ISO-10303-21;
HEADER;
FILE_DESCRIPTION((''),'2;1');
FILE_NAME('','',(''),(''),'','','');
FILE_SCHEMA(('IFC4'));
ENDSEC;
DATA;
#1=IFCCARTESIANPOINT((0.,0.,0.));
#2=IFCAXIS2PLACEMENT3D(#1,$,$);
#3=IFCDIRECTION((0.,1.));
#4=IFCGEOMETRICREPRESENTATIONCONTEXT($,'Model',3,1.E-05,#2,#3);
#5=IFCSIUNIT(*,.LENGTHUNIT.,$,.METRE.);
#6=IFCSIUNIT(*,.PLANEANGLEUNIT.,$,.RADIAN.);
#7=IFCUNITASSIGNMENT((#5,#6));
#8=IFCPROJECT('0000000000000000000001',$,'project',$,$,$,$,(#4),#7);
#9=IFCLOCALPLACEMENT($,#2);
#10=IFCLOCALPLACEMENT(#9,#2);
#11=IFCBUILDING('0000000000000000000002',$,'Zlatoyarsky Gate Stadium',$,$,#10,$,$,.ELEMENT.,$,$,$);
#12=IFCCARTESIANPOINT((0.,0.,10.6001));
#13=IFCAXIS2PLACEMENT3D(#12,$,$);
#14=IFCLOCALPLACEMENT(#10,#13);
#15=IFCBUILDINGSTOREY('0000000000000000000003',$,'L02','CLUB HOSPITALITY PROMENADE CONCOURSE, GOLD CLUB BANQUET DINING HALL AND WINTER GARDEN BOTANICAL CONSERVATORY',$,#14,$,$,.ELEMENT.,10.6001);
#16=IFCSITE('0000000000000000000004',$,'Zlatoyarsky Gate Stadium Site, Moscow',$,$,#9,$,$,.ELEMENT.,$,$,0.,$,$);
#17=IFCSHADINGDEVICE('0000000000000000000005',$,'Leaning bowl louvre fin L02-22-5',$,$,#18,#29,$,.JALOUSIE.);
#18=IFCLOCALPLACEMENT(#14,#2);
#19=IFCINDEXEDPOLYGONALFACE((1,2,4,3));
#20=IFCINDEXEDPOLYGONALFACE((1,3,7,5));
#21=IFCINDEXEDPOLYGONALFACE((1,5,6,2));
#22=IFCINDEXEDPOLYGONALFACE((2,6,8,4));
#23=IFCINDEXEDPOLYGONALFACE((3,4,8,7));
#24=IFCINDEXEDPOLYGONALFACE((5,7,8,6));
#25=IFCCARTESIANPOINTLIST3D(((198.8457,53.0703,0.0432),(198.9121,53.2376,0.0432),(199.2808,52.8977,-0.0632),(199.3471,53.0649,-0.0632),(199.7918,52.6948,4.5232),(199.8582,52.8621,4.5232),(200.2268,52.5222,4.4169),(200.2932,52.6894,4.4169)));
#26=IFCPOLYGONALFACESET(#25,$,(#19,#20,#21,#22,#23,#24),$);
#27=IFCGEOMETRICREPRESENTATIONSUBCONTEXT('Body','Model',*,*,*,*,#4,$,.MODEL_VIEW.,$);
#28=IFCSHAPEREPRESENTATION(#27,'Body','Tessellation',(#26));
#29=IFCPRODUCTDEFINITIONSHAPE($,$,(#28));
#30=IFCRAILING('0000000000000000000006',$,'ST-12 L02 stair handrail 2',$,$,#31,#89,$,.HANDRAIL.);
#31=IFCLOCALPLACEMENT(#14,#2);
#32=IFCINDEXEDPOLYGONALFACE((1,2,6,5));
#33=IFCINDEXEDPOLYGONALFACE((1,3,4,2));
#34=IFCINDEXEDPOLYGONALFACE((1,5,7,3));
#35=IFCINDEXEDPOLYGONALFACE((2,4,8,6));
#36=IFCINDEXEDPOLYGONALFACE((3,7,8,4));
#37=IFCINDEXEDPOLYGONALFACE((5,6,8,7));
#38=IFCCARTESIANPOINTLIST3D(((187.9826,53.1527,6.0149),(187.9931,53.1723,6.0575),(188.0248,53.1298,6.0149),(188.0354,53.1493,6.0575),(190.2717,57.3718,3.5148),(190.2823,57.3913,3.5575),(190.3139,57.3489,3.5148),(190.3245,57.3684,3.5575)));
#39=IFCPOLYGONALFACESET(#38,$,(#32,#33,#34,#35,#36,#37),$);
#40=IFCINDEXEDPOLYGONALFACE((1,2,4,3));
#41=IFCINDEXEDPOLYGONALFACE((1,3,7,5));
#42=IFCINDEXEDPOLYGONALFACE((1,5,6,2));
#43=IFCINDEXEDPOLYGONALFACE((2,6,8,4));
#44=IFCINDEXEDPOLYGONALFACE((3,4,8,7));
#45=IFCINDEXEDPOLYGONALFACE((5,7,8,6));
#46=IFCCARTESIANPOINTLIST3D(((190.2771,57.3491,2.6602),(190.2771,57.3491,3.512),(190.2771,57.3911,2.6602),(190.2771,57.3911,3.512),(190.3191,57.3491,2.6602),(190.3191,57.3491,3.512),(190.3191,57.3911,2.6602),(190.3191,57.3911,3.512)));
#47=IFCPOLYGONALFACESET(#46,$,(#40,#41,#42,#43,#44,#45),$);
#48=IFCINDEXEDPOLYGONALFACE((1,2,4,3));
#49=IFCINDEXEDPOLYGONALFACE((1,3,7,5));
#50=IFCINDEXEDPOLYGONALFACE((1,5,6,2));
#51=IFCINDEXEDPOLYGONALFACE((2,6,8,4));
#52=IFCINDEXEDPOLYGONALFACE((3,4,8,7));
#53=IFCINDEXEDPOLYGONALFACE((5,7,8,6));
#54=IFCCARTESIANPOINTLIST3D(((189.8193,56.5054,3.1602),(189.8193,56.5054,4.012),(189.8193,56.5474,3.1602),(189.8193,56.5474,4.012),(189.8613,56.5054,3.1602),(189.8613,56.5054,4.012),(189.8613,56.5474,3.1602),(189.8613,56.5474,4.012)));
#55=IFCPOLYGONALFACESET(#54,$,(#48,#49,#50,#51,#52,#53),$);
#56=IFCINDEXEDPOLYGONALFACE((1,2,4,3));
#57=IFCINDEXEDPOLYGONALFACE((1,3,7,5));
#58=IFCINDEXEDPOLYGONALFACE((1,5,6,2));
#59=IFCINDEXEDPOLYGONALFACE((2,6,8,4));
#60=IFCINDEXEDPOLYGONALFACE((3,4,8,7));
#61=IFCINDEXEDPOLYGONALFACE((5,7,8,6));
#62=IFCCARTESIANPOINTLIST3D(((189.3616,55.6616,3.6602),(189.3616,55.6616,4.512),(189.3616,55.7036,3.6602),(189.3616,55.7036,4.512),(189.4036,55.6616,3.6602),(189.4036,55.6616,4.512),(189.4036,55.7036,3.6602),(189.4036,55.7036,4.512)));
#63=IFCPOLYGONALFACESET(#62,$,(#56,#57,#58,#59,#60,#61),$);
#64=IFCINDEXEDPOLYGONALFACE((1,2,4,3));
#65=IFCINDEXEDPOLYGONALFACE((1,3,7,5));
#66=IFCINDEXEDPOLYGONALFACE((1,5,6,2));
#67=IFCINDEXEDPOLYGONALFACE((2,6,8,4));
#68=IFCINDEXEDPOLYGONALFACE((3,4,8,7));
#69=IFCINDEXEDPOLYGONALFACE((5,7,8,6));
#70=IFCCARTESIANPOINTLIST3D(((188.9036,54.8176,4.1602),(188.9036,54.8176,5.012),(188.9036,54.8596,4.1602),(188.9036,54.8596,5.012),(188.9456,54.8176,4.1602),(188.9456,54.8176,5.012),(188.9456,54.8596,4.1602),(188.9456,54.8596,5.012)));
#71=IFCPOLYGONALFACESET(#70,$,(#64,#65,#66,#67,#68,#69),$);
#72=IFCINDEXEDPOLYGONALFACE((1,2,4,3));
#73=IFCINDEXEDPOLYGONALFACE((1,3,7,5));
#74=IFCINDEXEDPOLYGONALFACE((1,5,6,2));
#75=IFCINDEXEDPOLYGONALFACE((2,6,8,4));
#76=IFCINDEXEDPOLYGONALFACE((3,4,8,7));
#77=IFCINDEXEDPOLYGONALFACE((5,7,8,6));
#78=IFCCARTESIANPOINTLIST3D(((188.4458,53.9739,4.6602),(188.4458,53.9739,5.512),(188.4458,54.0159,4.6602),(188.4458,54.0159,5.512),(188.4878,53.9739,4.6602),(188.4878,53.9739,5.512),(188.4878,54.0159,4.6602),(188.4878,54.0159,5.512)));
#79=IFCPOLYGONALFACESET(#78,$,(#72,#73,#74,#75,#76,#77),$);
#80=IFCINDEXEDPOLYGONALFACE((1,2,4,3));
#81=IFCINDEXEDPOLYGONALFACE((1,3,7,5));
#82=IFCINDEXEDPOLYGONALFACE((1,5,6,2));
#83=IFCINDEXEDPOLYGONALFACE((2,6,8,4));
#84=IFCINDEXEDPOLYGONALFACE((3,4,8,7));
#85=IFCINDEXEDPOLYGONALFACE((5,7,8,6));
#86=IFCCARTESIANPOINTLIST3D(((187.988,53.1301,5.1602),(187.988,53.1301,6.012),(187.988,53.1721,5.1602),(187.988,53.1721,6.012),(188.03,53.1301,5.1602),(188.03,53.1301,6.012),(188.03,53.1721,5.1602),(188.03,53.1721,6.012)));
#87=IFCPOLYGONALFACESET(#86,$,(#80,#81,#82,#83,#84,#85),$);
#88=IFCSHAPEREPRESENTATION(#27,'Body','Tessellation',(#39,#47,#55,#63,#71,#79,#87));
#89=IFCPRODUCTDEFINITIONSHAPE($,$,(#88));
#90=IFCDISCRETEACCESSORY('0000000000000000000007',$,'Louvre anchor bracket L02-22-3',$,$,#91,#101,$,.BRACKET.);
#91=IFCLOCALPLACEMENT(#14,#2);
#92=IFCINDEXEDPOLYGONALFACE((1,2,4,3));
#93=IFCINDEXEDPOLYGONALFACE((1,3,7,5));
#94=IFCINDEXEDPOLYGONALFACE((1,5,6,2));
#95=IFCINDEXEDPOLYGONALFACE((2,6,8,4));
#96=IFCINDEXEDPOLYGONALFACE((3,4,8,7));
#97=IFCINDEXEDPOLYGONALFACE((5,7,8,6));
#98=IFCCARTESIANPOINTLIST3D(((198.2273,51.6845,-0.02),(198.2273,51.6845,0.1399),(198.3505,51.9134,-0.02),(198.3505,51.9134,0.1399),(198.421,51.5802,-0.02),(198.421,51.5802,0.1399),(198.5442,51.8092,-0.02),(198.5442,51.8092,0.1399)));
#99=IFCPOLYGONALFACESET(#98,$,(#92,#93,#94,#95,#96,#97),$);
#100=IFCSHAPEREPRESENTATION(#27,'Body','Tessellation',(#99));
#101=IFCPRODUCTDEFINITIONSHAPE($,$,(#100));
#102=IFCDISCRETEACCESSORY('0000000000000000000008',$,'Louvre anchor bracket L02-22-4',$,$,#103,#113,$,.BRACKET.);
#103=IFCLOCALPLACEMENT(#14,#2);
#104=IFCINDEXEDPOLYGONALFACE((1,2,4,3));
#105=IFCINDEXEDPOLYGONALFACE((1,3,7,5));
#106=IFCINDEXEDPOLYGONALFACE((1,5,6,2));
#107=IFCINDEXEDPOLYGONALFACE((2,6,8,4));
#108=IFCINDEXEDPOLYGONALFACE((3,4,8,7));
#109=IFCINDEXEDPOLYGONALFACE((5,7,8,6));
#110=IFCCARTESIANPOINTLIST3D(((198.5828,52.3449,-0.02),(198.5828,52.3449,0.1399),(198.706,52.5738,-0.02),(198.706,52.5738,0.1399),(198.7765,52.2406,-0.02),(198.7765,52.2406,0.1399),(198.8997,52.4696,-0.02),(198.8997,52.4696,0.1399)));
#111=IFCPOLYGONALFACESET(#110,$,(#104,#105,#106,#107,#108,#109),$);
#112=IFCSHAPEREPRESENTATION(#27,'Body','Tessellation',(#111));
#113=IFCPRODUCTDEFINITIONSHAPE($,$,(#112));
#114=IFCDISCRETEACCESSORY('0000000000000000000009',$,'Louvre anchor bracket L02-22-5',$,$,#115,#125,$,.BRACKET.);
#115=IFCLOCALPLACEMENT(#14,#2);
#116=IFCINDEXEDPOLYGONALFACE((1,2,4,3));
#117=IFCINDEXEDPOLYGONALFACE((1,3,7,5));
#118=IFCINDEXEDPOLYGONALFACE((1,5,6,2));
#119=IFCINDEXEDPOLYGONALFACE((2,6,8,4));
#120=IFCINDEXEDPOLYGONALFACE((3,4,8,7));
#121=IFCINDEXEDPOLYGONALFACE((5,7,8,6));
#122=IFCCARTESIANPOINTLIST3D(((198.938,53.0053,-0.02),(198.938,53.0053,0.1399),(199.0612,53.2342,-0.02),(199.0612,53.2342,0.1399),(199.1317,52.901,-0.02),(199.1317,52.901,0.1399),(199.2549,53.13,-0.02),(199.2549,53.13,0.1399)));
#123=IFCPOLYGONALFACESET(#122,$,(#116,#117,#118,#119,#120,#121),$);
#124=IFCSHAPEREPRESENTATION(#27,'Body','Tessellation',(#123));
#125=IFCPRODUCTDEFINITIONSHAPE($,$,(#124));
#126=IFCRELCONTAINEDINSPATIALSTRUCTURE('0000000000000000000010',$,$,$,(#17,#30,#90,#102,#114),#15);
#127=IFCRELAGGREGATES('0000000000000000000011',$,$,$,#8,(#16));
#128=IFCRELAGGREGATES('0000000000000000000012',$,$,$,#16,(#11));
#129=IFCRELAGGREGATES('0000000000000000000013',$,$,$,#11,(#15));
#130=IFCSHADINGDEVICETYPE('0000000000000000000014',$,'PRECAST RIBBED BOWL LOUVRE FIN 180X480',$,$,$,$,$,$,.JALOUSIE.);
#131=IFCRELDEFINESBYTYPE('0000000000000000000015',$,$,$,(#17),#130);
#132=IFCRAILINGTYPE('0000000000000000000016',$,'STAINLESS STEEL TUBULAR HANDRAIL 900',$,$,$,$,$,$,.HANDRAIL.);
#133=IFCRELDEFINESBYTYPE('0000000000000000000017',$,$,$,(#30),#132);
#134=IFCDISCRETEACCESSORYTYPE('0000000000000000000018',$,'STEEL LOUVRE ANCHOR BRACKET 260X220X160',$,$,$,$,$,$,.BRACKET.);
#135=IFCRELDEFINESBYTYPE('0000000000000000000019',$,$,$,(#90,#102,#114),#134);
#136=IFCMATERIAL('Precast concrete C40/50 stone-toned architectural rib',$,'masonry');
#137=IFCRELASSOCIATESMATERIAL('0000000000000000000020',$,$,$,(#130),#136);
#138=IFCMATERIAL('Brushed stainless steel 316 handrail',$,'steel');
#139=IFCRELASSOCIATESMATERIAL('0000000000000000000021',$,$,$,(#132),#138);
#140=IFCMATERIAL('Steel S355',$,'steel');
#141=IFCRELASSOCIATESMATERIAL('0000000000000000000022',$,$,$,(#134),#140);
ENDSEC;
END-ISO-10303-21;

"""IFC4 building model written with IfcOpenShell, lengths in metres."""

from ifc_helpers import new_model, si_unit, direction, frame, origin, origin_2d, place, context, subcontext, project, spatial, rectangle, extrude, material, material_profile, profile_set, type_object, element, save


model = new_model("IFC4")

# Units and contexts
model_context = context("Model", 3, precision=1e-05, world=origin(), true_north=direction((0.0, 1.0)))
body_context = subcontext(model_context, "Body", "Model", "MODEL_VIEW")
ifc_project = project(units=[si_unit("LENGTHUNIT", "METRE"), si_unit("PLANEANGLEUNIT", "RADIAN")], contexts=[model_context])

# Site, building, storey
site_placement = place(None, origin())
site = spatial("IfcSite", under=ifc_project, at=site_placement, Name="Zlatoyarsky Gate Stadium Site, Moscow", CompositionType="ELEMENT", RefElevation=0.0)
building_placement = place(site_placement, origin())
building = spatial("IfcBuilding", under=site, at=building_placement, Name="Zlatoyarsky Gate Stadium", CompositionType="ELEMENT")
storey_placement = place(building_placement, frame((0.0, 0.0, 10.6001)))
storey = spatial("IfcBuildingStorey", under=building, at=storey_placement, Name="L02", Description="CLUB HOSPITALITY PROMENADE CONCOURSE, GOLD CLUB BANQUET DINING HALL AND WINTER GARDEN BOTANICAL CONSERVATORY", CompositionType="ELEMENT", Elevation=10.6001)

# Shared definitions
ifc_material_1 = material(Name="Steel S355", Category="steel")

# Shading device
ifc_material_2 = material(Name="Precast concrete C40/50 stone-toned architectural rib", Category="masonry")
ifc_material_profile_1 = material_profile(ifc_material_2, rectangle(XDim=0.1799, YDim=0.48, at=origin_2d()), Name="RIB 180X480")
ifc_profile_set_1 = profile_set([ifc_material_profile_1], Name="Precast concrete C40/50 stone-toned architectural rib")
shading_device_type = type_object("IfcShadingDeviceType", Name="PRECAST RIBBED BOWL LOUVRE FIN 180X480", PredefinedType="JALOUSIE", material=ifc_profile_set_1)
shading_device_placement = place(storey_placement, frame((199.0964, 53.0676, -0.01), z_axis=(0.205924, -0.081732, 0.975149), x_axis=(0.368908, 0.929466, 0.0)))
element("IfcShadingDevice", 1, at=shading_device_placement, inside=storey, type_object=shading_device_type, Name="Leaning bowl louvre fin L02-22-5", PredefinedType="JALOUSIE", context=body_context, shape_type="SweptSolid", body=[
    extrude(rectangle(XDim=0.1799, YDim=0.48, at=origin_2d()), origin(), (0.0, 0.0, 1.0), 4.5942),
])

# Railing
ifc_material_3 = material(Name="Brushed stainless steel 316 handrail", Category="steel")
railing_type_1 = type_object("IfcRailingType", Name="STAINLESS STEEL TUBULAR HANDRAIL 900", PredefinedType="HANDRAIL", material=ifc_material_3)
railing_1_placement = place(storey_placement, frame((190.2981, 57.3701, 2.6602)))
element("IfcRailing", 2, at=railing_1_placement, inside=storey, type_object=railing_type_1, Name="ST-12 L02 stair handrail 2", PredefinedType="HANDRAIL", context=body_context, shape_type="SweptSolid", body=[
    extrude(rectangle(XDim=0.0481, YDim=0.0481, at=origin_2d()), frame((0.0, 0.0, 0.876), z_axis=(-0.422961, -0.779563, 0.461937), x_axis=(0.878962, -0.476891, 0.0)), (0.0, 0.0, 1.0), 5.4121),
    extrude(rectangle(XDim=0.042, YDim=0.042, at=origin_2d()), origin(), (0.0, 0.0, 1.0), 0.8518),
    extrude(rectangle(XDim=0.042, YDim=0.042, at=origin_2d()), frame((-0.4578, -0.8438, 0.5)), (0.0, 0.0, 1.0), 0.8518),
    extrude(rectangle(XDim=0.042, YDim=0.042, at=origin_2d()), frame((-0.9155, -1.6875, 1.0)), (0.0, 0.0, 1.0), 0.8518),
    extrude(rectangle(XDim=0.042, YDim=0.042, at=origin_2d()), frame((-1.3735, -2.5315, 1.5)), (0.0, 0.0, 1.0), 0.8518),
    extrude(rectangle(XDim=0.042, YDim=0.042, at=origin_2d()), frame((-1.8313, -3.3752, 2.0)), (0.0, 0.0, 1.0), 0.8518),
    extrude(rectangle(XDim=0.042, YDim=0.042, at=origin_2d()), frame((-2.2891, -4.219, 2.5)), (0.0, 0.0, 1.0), 0.8518),
])

# Discrete accessories
discrete_accessory_type = type_object("IfcDiscreteAccessoryType", Name="STEEL LOUVRE ANCHOR BRACKET 260X220X160", PredefinedType="BRACKET", material=ifc_material_1)
for number, where, z_axis, x_axis, name in (
    (3, (198.3857, 51.7468, -0.02), (0.0, 0.0, 1.0), (0.473804, 0.88063, 0.0), "Louvre anchor bracket L02-22-3"),
    (4, (198.7412, 52.4072, -0.02), (0.0, 0.0, 1.0), (0.473804, 0.88063, 0.0), "Louvre anchor bracket L02-22-4"),
    (5, (199.0964, 53.0676, -0.02), (0.0, 0.0, 1.0), (0.473804, 0.88063, 0.0), "Louvre anchor bracket L02-22-5"),
):
    element("IfcDiscreteAccessory", number, at=place(storey_placement, frame(where, z_axis=z_axis, x_axis=x_axis)), inside=storey, type_object=discrete_accessory_type, Name=name, PredefinedType="BRACKET", context=body_context, shape_type="SweptSolid", body=[
        extrude(rectangle(XDim=0.26, YDim=0.22, at=origin_2d()), origin(), (0.0, 0.0, 1.0), 0.1599),
    ])

save(model, "model.ifc")
